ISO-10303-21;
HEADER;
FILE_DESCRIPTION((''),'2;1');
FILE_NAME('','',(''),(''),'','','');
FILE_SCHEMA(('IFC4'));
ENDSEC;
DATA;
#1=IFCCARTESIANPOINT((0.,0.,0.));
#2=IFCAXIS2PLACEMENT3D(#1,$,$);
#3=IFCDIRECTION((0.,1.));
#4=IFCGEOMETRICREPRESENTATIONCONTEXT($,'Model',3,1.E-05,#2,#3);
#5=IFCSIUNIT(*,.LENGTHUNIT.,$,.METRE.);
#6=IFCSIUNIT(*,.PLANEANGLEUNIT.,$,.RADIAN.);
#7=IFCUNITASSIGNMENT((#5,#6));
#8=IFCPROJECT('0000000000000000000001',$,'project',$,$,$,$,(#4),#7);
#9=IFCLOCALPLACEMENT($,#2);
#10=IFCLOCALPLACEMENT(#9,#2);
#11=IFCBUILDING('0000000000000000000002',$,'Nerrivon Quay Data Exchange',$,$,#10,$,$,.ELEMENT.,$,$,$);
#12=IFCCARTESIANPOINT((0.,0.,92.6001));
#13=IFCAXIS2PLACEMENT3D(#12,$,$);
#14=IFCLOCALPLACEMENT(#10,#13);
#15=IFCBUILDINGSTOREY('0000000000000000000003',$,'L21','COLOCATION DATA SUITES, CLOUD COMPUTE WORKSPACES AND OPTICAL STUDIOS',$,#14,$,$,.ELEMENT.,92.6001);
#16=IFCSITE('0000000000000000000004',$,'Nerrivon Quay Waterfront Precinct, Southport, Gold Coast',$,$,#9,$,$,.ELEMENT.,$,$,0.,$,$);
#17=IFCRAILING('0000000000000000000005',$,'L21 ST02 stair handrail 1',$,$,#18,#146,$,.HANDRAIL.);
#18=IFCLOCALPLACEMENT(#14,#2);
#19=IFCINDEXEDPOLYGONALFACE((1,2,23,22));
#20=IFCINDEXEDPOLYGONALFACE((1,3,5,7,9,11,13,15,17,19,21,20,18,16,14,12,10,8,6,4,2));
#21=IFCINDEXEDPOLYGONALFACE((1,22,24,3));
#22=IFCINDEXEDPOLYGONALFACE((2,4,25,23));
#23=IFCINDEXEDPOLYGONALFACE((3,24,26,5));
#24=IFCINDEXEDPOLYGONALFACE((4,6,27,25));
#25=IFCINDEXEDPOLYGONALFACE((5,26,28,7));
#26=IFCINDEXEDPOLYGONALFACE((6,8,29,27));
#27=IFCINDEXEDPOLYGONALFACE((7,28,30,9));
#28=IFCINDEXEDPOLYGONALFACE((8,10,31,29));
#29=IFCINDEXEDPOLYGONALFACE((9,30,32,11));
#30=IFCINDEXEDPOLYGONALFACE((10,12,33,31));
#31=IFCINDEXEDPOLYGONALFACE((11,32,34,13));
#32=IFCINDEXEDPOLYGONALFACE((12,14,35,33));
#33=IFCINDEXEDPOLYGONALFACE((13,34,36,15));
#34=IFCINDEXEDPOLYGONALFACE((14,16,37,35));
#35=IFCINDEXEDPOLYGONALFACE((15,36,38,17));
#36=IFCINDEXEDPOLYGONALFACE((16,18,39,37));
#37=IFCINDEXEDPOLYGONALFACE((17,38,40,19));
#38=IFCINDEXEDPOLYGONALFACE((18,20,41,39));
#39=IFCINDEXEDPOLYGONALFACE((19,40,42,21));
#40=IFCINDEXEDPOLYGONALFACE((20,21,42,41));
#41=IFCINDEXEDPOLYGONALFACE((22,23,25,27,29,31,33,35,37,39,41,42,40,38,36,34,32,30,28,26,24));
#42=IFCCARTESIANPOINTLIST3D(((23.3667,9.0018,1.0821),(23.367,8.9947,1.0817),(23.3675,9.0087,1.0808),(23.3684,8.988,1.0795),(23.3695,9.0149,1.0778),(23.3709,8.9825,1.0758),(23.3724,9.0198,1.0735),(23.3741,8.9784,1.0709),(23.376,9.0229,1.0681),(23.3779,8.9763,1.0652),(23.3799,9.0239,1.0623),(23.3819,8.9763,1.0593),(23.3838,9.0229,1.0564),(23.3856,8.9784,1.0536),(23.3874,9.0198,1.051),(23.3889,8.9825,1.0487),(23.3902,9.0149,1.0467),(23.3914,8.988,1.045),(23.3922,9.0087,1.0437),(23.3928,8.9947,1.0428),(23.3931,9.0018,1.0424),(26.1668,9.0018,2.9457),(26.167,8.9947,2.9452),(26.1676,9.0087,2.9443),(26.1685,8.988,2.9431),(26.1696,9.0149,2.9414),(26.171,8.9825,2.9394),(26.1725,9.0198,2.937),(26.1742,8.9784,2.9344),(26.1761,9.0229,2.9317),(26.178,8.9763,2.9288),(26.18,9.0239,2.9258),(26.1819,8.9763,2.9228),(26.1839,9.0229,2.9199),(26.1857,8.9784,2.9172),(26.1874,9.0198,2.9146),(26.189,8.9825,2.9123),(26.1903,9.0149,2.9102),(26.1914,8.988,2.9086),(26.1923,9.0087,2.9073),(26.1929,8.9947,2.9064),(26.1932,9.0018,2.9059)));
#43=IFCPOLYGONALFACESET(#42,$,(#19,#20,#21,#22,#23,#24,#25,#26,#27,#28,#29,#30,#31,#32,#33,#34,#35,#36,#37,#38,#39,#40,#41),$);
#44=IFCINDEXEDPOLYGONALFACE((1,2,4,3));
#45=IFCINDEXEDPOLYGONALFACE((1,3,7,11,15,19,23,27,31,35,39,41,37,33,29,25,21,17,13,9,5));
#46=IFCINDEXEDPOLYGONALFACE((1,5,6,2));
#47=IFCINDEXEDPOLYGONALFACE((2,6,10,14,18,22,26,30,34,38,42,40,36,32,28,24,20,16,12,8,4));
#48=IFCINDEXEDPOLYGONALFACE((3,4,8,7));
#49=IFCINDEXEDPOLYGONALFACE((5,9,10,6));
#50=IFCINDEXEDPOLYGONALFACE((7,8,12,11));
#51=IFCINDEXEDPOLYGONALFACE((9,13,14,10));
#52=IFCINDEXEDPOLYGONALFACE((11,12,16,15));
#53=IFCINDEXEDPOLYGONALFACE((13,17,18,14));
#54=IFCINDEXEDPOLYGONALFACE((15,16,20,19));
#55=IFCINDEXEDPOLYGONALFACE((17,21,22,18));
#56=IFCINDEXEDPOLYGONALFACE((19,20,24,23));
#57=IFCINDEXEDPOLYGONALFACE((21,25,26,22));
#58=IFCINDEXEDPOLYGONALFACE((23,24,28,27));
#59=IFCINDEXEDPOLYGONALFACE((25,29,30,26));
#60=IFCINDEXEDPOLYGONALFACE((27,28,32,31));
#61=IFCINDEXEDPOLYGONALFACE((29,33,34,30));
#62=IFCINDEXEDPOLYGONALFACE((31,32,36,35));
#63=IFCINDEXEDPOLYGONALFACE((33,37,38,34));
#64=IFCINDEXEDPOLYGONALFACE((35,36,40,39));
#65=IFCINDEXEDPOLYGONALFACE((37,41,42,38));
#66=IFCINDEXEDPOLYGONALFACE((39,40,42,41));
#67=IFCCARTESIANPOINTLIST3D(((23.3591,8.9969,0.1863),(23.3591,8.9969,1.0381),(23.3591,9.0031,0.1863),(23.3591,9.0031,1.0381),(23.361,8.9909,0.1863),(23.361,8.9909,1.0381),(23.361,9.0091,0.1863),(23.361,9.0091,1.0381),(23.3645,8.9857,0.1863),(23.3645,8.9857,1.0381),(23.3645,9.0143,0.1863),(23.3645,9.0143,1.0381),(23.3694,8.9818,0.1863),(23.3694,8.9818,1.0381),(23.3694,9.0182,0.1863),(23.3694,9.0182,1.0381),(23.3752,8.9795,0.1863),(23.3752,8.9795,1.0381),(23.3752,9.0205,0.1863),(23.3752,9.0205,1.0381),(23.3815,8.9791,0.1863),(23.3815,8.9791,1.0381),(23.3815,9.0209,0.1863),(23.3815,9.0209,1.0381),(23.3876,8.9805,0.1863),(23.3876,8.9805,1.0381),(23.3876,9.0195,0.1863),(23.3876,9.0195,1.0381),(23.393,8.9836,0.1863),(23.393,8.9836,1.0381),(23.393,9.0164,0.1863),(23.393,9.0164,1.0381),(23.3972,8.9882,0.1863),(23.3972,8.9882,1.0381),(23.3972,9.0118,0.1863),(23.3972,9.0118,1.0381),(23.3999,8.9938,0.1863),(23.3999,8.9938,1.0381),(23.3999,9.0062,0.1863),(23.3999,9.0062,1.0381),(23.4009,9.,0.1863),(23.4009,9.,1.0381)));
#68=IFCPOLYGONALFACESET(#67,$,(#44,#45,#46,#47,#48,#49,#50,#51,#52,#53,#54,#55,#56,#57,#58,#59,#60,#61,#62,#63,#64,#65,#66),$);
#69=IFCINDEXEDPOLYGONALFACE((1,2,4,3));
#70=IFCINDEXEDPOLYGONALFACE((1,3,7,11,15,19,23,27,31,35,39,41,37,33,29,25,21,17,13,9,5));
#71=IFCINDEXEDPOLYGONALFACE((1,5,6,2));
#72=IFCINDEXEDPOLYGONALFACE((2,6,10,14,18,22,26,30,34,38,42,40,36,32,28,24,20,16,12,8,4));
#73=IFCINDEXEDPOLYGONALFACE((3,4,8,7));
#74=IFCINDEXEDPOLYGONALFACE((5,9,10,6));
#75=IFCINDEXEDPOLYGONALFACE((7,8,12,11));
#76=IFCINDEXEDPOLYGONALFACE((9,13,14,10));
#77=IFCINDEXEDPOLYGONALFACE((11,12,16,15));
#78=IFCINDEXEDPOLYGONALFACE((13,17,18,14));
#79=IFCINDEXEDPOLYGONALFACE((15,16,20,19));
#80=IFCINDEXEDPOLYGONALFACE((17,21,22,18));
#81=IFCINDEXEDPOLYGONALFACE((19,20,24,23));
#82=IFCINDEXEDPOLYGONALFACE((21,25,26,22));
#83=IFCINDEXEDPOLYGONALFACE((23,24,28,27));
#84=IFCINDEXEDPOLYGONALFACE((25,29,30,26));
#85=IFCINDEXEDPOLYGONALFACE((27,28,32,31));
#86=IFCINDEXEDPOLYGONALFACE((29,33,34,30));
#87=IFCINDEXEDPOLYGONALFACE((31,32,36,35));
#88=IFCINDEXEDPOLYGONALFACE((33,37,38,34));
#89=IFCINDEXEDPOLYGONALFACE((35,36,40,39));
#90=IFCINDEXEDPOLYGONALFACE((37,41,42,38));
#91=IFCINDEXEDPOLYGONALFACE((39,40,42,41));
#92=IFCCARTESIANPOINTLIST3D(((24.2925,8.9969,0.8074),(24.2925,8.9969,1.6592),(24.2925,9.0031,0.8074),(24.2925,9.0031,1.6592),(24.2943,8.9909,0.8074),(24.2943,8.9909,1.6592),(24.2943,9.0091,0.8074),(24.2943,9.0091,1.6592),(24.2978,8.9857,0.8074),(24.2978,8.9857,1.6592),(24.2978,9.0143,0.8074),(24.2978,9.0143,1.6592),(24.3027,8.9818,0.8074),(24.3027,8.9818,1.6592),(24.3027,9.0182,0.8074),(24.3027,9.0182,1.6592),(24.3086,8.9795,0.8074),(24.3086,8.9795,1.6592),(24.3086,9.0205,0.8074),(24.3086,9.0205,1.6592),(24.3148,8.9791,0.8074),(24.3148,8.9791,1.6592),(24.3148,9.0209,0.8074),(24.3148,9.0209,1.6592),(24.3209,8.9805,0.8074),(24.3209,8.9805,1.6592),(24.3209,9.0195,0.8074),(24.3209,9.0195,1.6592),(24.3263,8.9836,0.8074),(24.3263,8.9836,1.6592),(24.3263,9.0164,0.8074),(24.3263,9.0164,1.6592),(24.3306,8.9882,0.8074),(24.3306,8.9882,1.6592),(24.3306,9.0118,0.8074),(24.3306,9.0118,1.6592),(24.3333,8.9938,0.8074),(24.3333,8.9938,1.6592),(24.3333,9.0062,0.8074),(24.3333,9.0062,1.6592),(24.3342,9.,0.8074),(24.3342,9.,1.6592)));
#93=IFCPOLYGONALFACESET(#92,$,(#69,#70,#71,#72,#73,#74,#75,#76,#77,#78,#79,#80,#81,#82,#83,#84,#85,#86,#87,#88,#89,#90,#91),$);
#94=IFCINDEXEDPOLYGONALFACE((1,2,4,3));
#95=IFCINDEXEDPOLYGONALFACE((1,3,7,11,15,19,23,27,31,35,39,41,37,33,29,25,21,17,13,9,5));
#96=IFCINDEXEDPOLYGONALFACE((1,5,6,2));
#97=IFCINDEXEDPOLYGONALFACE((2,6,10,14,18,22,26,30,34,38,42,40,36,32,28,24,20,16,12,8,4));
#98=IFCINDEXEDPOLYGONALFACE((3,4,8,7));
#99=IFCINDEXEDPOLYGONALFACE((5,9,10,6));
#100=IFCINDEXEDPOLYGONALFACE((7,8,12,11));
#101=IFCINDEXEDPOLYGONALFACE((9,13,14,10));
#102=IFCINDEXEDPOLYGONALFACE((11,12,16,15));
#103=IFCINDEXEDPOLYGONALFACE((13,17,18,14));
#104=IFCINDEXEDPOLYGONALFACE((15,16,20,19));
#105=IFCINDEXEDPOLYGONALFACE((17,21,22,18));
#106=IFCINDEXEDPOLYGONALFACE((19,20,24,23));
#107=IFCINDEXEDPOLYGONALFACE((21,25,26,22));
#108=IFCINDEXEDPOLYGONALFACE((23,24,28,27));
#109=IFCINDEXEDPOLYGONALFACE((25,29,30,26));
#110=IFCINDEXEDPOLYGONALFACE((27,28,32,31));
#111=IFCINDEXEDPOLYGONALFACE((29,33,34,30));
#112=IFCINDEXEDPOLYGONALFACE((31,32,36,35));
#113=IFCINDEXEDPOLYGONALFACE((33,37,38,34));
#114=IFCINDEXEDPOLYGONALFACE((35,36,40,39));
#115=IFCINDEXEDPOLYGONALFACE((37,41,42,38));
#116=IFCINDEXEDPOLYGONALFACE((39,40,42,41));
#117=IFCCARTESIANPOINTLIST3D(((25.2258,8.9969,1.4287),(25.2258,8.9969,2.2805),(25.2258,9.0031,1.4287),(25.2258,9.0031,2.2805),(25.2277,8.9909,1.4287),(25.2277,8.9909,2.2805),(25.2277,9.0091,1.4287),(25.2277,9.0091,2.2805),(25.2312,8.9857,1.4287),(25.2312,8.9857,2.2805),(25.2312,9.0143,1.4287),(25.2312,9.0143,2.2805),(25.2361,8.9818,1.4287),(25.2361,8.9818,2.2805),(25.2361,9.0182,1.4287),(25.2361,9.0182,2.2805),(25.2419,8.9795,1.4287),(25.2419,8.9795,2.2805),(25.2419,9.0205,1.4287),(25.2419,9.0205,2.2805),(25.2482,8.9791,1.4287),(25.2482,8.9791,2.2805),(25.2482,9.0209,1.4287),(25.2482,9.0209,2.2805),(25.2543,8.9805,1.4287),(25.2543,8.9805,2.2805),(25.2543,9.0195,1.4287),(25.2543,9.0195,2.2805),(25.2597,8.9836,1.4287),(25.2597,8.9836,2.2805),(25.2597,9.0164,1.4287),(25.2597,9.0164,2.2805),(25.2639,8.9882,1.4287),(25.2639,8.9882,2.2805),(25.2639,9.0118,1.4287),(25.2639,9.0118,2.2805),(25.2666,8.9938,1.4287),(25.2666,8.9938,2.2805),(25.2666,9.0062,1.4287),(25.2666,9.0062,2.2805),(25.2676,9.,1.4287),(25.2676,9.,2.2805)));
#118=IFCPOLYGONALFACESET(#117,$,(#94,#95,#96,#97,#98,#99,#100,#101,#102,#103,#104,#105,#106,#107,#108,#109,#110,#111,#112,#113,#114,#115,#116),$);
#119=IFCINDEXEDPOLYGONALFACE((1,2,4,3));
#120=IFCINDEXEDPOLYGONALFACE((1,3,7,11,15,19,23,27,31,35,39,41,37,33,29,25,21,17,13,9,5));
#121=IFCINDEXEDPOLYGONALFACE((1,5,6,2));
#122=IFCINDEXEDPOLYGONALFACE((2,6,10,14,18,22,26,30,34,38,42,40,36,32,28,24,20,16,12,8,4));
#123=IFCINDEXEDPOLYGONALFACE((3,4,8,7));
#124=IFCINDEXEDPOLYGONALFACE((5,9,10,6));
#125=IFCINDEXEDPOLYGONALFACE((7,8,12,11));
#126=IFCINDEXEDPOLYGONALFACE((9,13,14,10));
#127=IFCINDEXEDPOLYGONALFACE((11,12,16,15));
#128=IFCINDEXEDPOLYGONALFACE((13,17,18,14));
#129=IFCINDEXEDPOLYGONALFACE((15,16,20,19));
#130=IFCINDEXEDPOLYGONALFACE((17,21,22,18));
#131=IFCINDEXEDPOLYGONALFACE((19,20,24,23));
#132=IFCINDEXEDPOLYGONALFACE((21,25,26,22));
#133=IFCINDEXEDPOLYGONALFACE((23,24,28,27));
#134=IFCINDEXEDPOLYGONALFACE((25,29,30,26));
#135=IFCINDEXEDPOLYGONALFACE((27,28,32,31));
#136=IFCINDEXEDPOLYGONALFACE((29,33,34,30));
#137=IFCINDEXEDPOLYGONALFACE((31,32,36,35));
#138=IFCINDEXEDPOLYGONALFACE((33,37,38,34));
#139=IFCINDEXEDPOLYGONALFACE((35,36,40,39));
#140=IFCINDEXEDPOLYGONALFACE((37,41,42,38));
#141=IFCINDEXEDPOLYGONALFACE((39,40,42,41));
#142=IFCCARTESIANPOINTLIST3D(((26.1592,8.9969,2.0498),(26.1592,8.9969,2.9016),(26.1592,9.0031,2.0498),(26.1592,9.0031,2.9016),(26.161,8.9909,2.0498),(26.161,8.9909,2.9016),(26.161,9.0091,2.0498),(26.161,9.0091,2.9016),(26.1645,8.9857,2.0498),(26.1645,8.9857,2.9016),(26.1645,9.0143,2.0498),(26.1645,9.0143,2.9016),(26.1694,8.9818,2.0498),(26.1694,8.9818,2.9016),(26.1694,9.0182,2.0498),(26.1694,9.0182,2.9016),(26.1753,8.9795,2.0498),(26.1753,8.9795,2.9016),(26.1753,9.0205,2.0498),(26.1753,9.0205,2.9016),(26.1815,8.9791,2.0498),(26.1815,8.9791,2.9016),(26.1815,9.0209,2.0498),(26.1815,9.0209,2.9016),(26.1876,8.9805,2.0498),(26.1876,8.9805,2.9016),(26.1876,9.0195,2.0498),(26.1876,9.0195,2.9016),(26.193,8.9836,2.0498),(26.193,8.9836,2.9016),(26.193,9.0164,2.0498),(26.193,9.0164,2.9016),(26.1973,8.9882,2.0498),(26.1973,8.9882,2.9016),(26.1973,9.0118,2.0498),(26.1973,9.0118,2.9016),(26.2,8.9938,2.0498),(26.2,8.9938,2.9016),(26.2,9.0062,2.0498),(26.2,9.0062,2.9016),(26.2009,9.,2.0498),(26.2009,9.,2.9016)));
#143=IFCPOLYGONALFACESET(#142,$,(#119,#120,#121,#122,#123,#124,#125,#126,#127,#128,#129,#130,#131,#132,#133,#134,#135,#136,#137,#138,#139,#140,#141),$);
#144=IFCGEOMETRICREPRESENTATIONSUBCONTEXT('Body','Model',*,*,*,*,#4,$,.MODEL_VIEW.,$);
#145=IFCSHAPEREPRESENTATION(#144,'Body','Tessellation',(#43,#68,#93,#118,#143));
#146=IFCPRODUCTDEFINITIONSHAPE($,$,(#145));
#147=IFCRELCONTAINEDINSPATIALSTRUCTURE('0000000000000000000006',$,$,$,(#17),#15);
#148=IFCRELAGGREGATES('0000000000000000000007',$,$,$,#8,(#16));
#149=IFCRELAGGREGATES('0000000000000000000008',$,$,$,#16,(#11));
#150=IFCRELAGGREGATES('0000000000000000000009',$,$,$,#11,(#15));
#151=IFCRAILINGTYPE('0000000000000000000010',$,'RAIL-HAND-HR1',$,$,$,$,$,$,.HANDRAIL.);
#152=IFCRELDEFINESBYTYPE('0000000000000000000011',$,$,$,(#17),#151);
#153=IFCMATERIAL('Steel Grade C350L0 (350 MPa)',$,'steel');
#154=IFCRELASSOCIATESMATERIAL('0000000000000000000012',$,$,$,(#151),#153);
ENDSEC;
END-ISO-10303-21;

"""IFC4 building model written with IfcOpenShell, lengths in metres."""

from ifc_helpers import new_model, si_unit, direction, frame, origin, origin_2d, place, context, subcontext, project, spatial, circle, extrude, material, type_object, element, save


model = new_model("IFC4")

# Units and contexts
model_context = context("Model", 3, precision=1e-05, world=origin(), true_north=direction((0.0, 1.0)))
body_context = subcontext(model_context, "Body", "Model", "MODEL_VIEW")
ifc_project = project(units=[si_unit("LENGTHUNIT", "METRE"), si_unit("PLANEANGLEUNIT", "RADIAN")], contexts=[model_context])

# Site, building, storey
site_placement = place(None, origin())
site = spatial("IfcSite", under=ifc_project, at=site_placement, Name="Nerrivon Quay Waterfront Precinct, Southport, Gold Coast", CompositionType="ELEMENT", RefElevation=0.0)
building_placement = place(site_placement, origin())
building = spatial("IfcBuilding", under=site, at=building_placement, Name="Nerrivon Quay Data Exchange", CompositionType="ELEMENT")
storey_placement = place(building_placement, frame((0.0, 0.0, 92.6001)))
storey = spatial("IfcBuildingStorey", under=building, at=storey_placement, Name="L21", Description="COLOCATION DATA SUITES, CLOUD COMPUTE WORKSPACES AND OPTICAL STUDIOS", CompositionType="ELEMENT", Elevation=92.6001)

# Railing
ifc_material_1 = material(Name="Steel Grade C350L0 (350 MPa)", Category="steel")
railing_type_1 = type_object("IfcRailingType", Name="RAIL-HAND-HR1", PredefinedType="HANDRAIL", material=ifc_material_1)
railing_1_placement = place(storey_placement, frame((23.3799, 9.0, 0.1863)))
element("IfcRailing", 1, at=railing_1_placement, inside=storey, type_object=railing_type_1, Name="L21 ST02 stair handrail 1", PredefinedType="HANDRAIL", context=body_context, shape_type="SweptSolid", body=[
    extrude(circle(Radius=0.0239, at=origin_2d()), frame((0.0, 0.0, 0.876), z_axis=(0.832486, 0.0, 0.554047), x_axis=(0.0, 1.0, 0.0)), (0.0, 0.0, 1.0), 3.3635),
    extrude(circle(Radius=0.021, at=origin_2d()), origin(), (0.0, 0.0, 1.0), 0.8518),
    extrude(circle(Radius=0.021, at=origin_2d()), frame((0.9333, 0.0, 0.6211)), (0.0, 0.0, 1.0), 0.8518),
    extrude(circle(Radius=0.021, at=origin_2d()), frame((1.8667, 0.0, 1.2424)), (0.0, 0.0, 1.0), 0.8518),
    extrude(circle(Radius=0.021, at=origin_2d()), frame((2.8, 0.0, 1.8635)), (0.0, 0.0, 1.0), 0.8518),
])

save(model, "model.ifc")
